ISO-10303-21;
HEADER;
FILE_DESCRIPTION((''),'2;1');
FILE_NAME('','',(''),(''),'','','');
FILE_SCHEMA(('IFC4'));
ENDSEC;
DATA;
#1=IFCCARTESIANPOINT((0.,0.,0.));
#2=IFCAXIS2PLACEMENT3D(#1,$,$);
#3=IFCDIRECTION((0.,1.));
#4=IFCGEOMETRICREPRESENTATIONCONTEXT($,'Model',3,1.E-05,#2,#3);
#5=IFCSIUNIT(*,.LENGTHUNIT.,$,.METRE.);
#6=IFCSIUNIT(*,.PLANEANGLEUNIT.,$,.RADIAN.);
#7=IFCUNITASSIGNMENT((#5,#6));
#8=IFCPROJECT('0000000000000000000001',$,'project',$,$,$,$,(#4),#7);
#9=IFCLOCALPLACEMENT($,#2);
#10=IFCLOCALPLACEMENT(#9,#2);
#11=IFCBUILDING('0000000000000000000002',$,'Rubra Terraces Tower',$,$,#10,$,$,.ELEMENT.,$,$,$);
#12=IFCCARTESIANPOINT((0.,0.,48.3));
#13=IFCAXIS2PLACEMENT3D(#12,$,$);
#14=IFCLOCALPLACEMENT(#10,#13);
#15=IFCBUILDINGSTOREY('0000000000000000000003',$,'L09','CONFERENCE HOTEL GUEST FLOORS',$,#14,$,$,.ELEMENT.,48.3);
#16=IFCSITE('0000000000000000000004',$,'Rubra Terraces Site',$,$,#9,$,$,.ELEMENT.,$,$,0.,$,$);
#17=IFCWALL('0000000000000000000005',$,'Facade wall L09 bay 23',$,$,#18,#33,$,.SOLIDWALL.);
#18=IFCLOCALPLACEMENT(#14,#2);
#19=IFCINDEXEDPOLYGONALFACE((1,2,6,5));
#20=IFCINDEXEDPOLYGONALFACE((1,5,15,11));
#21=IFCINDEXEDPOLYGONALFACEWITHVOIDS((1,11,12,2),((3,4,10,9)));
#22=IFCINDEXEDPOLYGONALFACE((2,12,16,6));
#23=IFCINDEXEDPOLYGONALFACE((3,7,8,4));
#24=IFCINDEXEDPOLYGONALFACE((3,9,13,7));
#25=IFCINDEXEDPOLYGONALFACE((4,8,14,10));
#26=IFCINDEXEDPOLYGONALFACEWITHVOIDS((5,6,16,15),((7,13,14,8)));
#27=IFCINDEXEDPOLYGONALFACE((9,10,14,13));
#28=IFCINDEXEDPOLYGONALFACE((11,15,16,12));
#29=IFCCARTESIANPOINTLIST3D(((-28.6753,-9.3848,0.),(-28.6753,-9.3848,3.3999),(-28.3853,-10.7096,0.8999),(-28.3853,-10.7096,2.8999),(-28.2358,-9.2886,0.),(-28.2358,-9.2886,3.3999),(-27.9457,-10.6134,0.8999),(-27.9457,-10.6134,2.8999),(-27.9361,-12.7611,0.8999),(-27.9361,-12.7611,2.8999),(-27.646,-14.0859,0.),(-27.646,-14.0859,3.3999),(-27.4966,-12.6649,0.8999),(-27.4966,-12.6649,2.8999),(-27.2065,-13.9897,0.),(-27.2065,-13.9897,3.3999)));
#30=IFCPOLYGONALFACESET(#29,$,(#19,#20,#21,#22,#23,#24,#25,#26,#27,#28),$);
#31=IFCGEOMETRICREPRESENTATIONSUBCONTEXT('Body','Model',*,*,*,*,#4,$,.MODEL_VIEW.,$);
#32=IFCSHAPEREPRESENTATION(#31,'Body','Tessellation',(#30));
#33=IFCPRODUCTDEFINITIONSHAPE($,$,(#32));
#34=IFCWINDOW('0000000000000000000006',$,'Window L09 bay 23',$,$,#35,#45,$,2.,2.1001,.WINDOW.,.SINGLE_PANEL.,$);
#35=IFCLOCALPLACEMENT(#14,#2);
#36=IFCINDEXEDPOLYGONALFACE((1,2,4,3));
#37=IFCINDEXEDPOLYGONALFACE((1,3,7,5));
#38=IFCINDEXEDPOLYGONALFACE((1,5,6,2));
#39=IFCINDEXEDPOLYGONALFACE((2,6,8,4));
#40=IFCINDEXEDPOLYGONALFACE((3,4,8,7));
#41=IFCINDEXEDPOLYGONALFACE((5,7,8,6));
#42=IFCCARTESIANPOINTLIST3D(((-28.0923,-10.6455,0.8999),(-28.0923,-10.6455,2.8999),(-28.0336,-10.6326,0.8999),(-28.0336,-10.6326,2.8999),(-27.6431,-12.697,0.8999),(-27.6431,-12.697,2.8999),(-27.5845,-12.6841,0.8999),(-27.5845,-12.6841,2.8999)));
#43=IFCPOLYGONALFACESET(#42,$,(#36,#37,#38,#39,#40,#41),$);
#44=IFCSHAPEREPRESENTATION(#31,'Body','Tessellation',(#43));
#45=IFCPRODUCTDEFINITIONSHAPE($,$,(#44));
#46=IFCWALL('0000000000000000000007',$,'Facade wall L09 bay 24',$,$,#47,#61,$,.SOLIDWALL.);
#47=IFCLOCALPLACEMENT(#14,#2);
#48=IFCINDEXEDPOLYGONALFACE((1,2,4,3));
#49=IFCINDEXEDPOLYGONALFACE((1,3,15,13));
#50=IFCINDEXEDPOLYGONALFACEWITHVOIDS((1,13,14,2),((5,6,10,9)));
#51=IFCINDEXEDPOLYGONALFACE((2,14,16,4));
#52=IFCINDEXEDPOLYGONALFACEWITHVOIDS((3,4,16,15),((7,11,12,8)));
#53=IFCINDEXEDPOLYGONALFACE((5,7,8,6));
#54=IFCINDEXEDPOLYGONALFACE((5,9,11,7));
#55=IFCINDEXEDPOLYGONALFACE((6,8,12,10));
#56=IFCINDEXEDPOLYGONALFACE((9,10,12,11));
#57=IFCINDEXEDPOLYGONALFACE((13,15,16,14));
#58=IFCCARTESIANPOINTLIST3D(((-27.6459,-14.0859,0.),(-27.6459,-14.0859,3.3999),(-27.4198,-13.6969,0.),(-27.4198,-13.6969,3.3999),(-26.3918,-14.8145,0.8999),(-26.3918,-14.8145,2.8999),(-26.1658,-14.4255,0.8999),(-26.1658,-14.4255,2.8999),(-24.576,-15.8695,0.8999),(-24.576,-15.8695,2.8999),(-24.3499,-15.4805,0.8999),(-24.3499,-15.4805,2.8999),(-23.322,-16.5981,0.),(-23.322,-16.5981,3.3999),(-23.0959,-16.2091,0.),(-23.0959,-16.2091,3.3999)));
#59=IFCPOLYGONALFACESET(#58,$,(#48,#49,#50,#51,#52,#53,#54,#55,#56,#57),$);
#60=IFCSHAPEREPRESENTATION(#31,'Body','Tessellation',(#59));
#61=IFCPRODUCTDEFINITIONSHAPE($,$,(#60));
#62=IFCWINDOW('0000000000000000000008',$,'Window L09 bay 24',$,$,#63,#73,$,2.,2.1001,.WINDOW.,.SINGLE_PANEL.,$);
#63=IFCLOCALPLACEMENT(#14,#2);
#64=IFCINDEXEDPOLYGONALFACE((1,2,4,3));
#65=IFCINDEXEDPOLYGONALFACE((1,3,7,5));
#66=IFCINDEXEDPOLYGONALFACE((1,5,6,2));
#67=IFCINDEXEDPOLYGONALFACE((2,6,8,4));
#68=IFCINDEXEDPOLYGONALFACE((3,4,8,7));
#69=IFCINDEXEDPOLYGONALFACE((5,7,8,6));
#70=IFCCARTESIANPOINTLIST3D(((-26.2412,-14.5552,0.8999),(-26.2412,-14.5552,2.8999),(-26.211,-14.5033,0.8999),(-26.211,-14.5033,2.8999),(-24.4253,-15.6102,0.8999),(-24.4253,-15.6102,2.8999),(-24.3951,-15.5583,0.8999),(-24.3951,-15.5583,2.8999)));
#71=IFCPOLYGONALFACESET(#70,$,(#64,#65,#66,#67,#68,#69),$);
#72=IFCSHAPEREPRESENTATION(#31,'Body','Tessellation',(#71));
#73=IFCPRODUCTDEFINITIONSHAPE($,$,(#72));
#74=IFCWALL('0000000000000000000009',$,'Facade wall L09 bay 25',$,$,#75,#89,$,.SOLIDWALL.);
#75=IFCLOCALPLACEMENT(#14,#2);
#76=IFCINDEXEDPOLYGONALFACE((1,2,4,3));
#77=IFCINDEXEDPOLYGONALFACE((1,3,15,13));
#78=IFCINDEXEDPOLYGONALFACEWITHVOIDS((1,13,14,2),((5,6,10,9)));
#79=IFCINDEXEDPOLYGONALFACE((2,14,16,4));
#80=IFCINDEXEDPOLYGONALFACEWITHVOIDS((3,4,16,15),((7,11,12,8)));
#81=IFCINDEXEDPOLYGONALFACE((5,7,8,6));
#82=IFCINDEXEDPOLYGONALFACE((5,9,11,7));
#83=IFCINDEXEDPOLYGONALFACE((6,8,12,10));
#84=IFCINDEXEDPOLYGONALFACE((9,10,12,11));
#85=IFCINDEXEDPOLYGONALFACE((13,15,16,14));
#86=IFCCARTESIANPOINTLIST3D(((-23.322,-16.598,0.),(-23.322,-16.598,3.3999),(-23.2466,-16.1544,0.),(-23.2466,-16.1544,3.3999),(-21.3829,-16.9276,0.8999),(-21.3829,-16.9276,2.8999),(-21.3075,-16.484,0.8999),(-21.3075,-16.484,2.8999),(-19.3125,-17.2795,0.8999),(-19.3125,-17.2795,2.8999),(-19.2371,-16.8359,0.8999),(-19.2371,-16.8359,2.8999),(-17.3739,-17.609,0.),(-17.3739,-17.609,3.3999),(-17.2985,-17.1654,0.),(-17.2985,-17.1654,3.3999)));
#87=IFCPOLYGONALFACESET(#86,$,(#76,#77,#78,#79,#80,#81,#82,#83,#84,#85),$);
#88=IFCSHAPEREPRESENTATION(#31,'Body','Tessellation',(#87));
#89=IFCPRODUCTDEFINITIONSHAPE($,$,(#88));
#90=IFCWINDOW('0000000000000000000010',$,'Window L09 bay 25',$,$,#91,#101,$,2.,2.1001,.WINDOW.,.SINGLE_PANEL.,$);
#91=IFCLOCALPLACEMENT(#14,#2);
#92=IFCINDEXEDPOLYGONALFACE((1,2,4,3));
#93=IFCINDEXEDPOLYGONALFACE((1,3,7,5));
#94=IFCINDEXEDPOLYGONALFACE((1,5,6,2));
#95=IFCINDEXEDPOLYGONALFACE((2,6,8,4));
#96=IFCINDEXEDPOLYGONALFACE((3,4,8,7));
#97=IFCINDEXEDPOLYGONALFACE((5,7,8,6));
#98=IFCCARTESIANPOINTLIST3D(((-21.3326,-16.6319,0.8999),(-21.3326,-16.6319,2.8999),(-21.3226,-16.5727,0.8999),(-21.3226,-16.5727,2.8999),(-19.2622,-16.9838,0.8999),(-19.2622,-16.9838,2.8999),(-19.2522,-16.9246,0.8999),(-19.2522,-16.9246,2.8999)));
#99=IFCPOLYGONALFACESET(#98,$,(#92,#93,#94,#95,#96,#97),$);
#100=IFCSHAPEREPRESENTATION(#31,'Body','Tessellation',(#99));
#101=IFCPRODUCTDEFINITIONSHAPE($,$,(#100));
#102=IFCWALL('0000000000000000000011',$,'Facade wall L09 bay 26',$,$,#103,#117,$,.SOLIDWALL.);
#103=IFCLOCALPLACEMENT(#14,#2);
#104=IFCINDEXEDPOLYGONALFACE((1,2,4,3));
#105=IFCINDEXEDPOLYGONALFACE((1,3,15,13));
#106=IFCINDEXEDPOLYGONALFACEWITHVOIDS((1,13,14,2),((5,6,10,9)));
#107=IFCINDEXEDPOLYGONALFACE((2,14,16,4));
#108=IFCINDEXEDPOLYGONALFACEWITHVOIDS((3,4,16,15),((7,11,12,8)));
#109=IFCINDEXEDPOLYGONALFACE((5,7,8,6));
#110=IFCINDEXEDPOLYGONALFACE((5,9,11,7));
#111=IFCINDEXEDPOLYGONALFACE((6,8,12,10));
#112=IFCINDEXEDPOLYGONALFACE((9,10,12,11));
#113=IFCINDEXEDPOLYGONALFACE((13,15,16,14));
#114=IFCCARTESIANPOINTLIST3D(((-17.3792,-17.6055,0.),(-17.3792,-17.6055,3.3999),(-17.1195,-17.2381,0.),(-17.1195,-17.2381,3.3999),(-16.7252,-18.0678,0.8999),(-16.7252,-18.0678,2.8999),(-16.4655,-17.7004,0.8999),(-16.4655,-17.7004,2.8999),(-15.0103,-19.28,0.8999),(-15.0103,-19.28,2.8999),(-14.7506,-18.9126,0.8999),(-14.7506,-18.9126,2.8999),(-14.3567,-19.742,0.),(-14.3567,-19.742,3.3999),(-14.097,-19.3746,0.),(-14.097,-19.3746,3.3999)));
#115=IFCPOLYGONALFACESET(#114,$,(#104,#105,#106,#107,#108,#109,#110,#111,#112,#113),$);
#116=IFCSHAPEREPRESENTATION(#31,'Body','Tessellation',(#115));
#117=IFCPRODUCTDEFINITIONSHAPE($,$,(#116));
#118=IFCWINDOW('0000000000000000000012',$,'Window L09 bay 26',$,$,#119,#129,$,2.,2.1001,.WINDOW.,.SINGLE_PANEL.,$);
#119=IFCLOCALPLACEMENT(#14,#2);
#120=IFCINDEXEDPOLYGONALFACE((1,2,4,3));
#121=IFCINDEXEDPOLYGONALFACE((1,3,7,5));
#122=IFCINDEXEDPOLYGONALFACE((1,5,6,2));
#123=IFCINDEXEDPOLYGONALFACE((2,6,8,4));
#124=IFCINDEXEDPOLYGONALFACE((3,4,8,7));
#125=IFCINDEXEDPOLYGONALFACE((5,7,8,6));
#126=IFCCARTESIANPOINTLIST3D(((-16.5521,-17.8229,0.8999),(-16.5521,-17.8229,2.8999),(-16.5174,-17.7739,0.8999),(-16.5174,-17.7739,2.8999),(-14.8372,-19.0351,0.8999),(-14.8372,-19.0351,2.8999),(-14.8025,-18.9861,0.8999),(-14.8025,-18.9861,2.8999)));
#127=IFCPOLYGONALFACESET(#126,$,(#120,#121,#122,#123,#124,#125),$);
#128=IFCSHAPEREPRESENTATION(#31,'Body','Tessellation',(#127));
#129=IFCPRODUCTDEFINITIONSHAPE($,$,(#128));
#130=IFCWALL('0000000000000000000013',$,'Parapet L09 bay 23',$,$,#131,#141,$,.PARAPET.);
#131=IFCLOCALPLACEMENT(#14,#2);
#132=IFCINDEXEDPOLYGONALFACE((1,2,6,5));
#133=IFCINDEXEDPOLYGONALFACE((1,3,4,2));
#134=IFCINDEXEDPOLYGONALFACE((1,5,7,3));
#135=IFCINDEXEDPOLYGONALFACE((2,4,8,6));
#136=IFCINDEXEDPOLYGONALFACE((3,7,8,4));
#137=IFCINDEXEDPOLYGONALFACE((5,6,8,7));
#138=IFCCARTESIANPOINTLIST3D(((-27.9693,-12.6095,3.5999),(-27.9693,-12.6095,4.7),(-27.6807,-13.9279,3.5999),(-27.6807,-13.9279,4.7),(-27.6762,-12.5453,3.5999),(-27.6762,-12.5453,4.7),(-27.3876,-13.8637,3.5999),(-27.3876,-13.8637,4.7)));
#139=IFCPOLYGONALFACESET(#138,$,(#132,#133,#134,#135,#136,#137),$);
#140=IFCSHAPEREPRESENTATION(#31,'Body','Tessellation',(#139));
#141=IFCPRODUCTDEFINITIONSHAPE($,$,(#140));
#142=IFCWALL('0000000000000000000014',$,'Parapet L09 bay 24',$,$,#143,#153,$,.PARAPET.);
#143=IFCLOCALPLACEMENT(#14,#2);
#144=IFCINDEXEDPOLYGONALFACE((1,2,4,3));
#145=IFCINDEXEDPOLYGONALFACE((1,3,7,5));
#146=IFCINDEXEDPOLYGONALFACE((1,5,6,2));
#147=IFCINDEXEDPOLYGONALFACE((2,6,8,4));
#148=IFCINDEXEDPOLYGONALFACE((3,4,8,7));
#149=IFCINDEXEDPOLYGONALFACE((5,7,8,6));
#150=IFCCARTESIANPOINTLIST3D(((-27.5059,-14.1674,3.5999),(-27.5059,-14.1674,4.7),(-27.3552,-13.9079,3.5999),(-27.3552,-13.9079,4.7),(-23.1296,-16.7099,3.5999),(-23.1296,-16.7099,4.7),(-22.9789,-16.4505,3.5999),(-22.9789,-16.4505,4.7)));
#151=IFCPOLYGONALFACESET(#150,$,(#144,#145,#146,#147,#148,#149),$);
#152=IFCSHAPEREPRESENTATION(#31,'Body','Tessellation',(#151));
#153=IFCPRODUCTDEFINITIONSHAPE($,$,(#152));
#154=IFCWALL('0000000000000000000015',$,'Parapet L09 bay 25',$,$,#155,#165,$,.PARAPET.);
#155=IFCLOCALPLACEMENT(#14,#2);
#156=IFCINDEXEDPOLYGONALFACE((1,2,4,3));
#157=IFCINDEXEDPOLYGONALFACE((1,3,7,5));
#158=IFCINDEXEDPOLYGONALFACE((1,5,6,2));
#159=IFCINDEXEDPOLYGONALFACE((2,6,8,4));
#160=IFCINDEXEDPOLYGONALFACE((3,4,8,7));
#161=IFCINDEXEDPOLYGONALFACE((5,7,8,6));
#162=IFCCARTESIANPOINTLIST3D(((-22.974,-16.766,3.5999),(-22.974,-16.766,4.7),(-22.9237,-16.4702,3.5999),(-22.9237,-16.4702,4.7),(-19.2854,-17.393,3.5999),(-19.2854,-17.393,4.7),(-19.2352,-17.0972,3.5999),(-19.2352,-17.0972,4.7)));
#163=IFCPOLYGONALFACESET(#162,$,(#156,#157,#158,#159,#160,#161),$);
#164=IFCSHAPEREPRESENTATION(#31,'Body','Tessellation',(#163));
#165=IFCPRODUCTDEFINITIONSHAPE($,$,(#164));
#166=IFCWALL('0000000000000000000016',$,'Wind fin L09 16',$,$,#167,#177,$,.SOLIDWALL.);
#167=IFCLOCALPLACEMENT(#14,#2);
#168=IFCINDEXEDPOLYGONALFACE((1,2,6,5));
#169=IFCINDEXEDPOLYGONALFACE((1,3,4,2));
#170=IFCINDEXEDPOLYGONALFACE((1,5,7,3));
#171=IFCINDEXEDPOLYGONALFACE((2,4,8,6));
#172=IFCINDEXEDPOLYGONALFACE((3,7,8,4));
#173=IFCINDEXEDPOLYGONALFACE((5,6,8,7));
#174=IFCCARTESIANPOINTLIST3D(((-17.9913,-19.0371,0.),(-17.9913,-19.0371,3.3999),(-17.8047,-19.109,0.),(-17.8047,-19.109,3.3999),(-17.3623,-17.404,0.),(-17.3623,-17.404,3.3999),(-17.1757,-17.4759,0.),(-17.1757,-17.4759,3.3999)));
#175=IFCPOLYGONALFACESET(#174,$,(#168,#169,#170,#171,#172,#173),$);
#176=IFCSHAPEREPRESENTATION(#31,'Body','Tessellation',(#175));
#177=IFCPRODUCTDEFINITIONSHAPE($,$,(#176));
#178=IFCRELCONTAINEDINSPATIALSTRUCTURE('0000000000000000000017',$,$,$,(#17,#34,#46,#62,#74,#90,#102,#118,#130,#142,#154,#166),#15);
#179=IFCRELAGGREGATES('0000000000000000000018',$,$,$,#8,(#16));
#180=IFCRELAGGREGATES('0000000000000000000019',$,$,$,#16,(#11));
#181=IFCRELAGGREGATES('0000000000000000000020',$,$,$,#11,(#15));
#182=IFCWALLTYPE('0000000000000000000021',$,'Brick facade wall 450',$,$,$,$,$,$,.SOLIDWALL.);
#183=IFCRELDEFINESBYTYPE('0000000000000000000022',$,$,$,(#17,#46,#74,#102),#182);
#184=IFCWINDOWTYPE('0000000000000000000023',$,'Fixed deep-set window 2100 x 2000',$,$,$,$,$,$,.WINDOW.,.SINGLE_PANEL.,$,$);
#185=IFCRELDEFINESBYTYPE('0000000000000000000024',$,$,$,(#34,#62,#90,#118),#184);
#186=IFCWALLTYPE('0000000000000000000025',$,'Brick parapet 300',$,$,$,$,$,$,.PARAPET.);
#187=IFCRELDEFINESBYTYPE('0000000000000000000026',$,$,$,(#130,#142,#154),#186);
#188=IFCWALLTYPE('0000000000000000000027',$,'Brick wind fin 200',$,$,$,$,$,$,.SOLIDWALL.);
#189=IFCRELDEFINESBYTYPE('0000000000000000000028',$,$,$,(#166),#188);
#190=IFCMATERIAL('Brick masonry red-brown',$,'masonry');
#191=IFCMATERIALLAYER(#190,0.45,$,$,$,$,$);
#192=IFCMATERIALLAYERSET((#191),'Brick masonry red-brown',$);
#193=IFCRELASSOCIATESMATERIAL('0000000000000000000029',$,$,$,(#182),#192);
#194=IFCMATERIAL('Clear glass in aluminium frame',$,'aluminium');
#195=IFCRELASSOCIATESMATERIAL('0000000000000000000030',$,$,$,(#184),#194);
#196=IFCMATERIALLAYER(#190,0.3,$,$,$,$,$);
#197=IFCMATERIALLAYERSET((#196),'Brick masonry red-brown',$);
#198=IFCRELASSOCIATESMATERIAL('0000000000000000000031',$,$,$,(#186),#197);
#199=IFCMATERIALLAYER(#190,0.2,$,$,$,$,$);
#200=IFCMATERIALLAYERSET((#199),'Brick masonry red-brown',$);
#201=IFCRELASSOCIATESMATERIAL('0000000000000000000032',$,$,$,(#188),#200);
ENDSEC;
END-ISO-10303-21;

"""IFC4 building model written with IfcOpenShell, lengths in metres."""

from ifc_helpers import new_model, si_unit, direction, frame, frame_2d, origin, place, context, subcontext, project, spatial, rectangle, extrude, material, layer, layer_set, type_object, element, fill, save


model = new_model("IFC4")

# Units and contexts
model_context = context("Model", 3, precision=1e-05, world=origin(), true_north=direction((0.0, 1.0)))
body_context = subcontext(model_context, "Body", "Model", "MODEL_VIEW")
ifc_project = project(units=[si_unit("LENGTHUNIT", "METRE"), si_unit("PLANEANGLEUNIT", "RADIAN")], contexts=[model_context])

# Site, building, storey
site_placement = place(None, origin())
site = spatial("IfcSite", under=ifc_project, at=site_placement, Name="Rubra Terraces Site", CompositionType="ELEMENT", RefElevation=0.0)
building_placement = place(site_placement, origin())
building = spatial("IfcBuilding", under=site, at=building_placement, Name="Rubra Terraces Tower", CompositionType="ELEMENT")
storey_placement = place(building_placement, frame((0.0, 0.0, 48.3)))
storey = spatial("IfcBuildingStorey", under=building, at=storey_placement, Name="L09", Description="CONFERENCE HOTEL GUEST FLOORS", CompositionType="ELEMENT", Elevation=48.3)

# Walls, openings, windows
ifc_material_1 = material(Name="Brick masonry red-brown", Category="masonry")
ifc_layer_1 = layer(ifc_material_1, 0.45)
ifc_layer_set_1 = layer_set([ifc_layer_1], Name="Brick masonry red-brown")
wall_type_1 = type_object("IfcWallType", Name="Brick facade wall 450", PredefinedType="SOLIDWALL", material=ifc_layer_set_1)
wall_1_placement = place(storey_placement, frame((-28.4556, -9.3367, 0.0), z_axis=(0.0, 0.0, 1.0), x_axis=(0.213878, -0.97686, 0.0)))
wall_1 = element("IfcWall", 1, at=wall_1_placement, inside=storey, type_object=wall_type_1, Name="Facade wall L09 bay 23", PredefinedType="SOLIDWALL", context=body_context, shape_type="SweptSolid", body=[
    extrude(rectangle(XDim=4.8125, YDim=0.45, at=frame_2d((2.4062, 0.0))), origin(), (0.0, 0.0, 1.0), 3.3999),
])
opening_1_placement = place(wall_1_placement, frame((1.3562, 0.0, 0.8999)))
opening_1 = element("IfcOpeningElement", 2, at=opening_1_placement, cuts=wall_1, PredefinedType="OPENING", context=body_context, shape_type="SweptSolid", body=[
    extrude(rectangle(XDim=2.1001, YDim=2.0, at=frame_2d((1.05, 1.0))), frame((0.0, 0.2349, 0.0), z_axis=(0.0, -1.0, 0.0), x_axis=(1.0, 0.0, 0.0)), (0.0, 0.0, 1.0), 0.47),
])
ifc_material_2 = material(Name="Clear glass in aluminium frame", Category="aluminium")
window_type = type_object("IfcWindowType", Name="Fixed deep-set window 2100 x 2000", PartitioningType="SINGLE_PANEL", PredefinedType="WINDOW", material=ifc_material_2)
window_1_placement = place(opening_1_placement, origin())
window_1 = element("IfcWindow", 3, at=window_1_placement, inside=storey, type_object=window_type, Name="Window L09 bay 23", OverallHeight=2.0, OverallWidth=2.1001, PartitioningType="SINGLE_PANEL", PredefinedType="WINDOW", context=body_context, shape_type="SweptSolid", body=[
    extrude(rectangle(XDim=2.1001, YDim=2.0, at=frame_2d((1.05, 1.0))), frame((0.0, 0.135, 0.0), z_axis=(0.0, -1.0, 0.0), x_axis=(1.0, 0.0, 0.0)), (0.0, 0.0, 1.0), 0.0601),
])
fill(opening_1, window_1)
wall_2_placement = place(storey_placement, frame((-27.533, -13.8914, 0.0), z_axis=(0.0, 0.0, 1.0), x_axis=(0.864658, -0.502362, 0.0)))
wall_2 = element("IfcWall", 4, at=wall_2_placement, inside=storey, type_object=wall_type_1, Name="Facade wall L09 bay 24", PredefinedType="SOLIDWALL", context=body_context, shape_type="SweptSolid", body=[
    extrude(rectangle(XDim=5.0007, YDim=0.45, at=frame_2d((2.5005, 0.0))), origin(), (0.0, 0.0, 1.0), 3.3999),
])
opening_2_placement = place(wall_2_placement, frame((1.4504, 0.0, 0.8999)))
opening_2 = element("IfcOpeningElement", 5, at=opening_2_placement, cuts=wall_2, PredefinedType="OPENING", context=body_context, shape_type="SweptSolid", body=[
    extrude(rectangle(XDim=2.1001, YDim=2.0, at=frame_2d((1.05, 1.0))), frame((0.0, 0.2349, 0.0), z_axis=(0.0, -1.0, 0.0), x_axis=(1.0, 0.0, 0.0)), (0.0, 0.0, 1.0), 0.47),
])
window_2_placement = place(opening_2_placement, origin())
window_2 = element("IfcWindow", 6, at=window_2_placement, inside=storey, type_object=window_type, Name="Window L09 bay 24", OverallHeight=2.0, OverallWidth=2.1001, PartitioningType="SINGLE_PANEL", PredefinedType="WINDOW", context=body_context, shape_type="SweptSolid", body=[
    extrude(rectangle(XDim=2.1001, YDim=2.0, at=frame_2d((1.05, 1.0))), frame((0.0, 0.135, 0.0), z_axis=(0.0, -1.0, 0.0), x_axis=(1.0, 0.0, 0.0)), (0.0, 0.0, 1.0), 0.0601),
])
fill(opening_2, window_2)
wall_3_placement = place(storey_placement, frame((-23.2842, -16.3762, 0.0), z_axis=(0.0, 0.0, 1.0), x_axis=(0.985862, -0.167561, 0.0)))
wall_3 = element("IfcWall", 7, at=wall_3_placement, inside=storey, type_object=wall_type_1, Name="Facade wall L09 bay 25", PredefinedType="SOLIDWALL", context=body_context, shape_type="SweptSolid", body=[
    extrude(rectangle(XDim=6.0334, YDim=0.45, at=frame_2d((3.0166, 0.0))), origin(), (0.0, 0.0, 1.0), 3.3999),
])
opening_3_placement = place(wall_3_placement, frame((1.9668, 0.0, 0.8999)))
opening_3 = element("IfcOpeningElement", 8, at=opening_3_placement, cuts=wall_3, PredefinedType="OPENING", context=body_context, shape_type="SweptSolid", body=[
    extrude(rectangle(XDim=2.1001, YDim=2.0, at=frame_2d((1.05, 1.0))), frame((0.0, 0.2349, 0.0), z_axis=(0.0, -1.0, 0.0), x_axis=(1.0, 0.0, 0.0)), (0.0, 0.0, 1.0), 0.47),
])
window_3_placement = place(opening_3_placement, origin())
window_3 = element("IfcWindow", 9, at=window_3_placement, inside=storey, type_object=window_type, Name="Window L09 bay 25", OverallHeight=2.0, OverallWidth=2.1001, PartitioningType="SINGLE_PANEL", PredefinedType="WINDOW", context=body_context, shape_type="SweptSolid", body=[
    extrude(rectangle(XDim=2.1001, YDim=2.0, at=frame_2d((1.05, 1.0))), frame((0.0, 0.135, 0.0), z_axis=(0.0, -1.0, 0.0), x_axis=(1.0, 0.0, 0.0)), (0.0, 0.0, 1.0), 0.0601),
])
fill(opening_3, window_3)
wall_4_placement = place(storey_placement, frame((-17.2493, -17.4219, 0.0), z_axis=(0.0, 0.0, 1.0), x_axis=(0.816589, -0.577219, 0.0)))
wall_4 = element("IfcWall", 10, at=wall_4_placement, inside=storey, type_object=wall_type_1, Name="Facade wall L09 bay 26", PredefinedType="SOLIDWALL", context=body_context, shape_type="SweptSolid", body=[
    extrude(rectangle(XDim=3.7014, YDim=0.45, at=frame_2d((1.8506, 0.0))), origin(), (0.0, 0.0, 1.0), 3.3999),
])
opening_4_placement = place(wall_4_placement, frame((0.8008, 0.0, 0.8999)))
opening_4 = element("IfcOpeningElement", 11, at=opening_4_placement, cuts=wall_4, PredefinedType="OPENING", context=body_context, shape_type="SweptSolid", body=[
    extrude(rectangle(XDim=2.1001, YDim=2.0, at=frame_2d((1.05, 1.0))), frame((0.0, 0.2349, 0.0), z_axis=(0.0, -1.0, 0.0), x_axis=(1.0, 0.0, 0.0)), (0.0, 0.0, 1.0), 0.47),
])
window_4_placement = place(opening_4_placement, origin())
window_4 = element("IfcWindow", 12, at=window_4_placement, inside=storey, type_object=window_type, Name="Window L09 bay 26", OverallHeight=2.0, OverallWidth=2.1001, PartitioningType="SINGLE_PANEL", PredefinedType="WINDOW", context=body_context, shape_type="SweptSolid", body=[
    extrude(rectangle(XDim=2.1001, YDim=2.0, at=frame_2d((1.05, 1.0))), frame((0.0, 0.135, 0.0), z_axis=(0.0, -1.0, 0.0), x_axis=(1.0, 0.0, 0.0)), (0.0, 0.0, 1.0), 0.0601),
])
fill(opening_4, window_4)

# Walls
ifc_layer_2 = layer(ifc_material_1, 0.3)
ifc_layer_set_2 = layer_set([ifc_layer_2], Name="Brick masonry red-brown")
wall_type_2 = type_object("IfcWallType", Name="Brick parapet 300", PredefinedType="PARAPET", material=ifc_layer_set_2)
wall_5_placement = place(storey_placement, frame((-27.8228, -12.5774, 3.5999), z_axis=(0.0, 0.0, 1.0), x_axis=(0.213826, -0.976872, 0.0)))
element("IfcWall", 13, at=wall_5_placement, inside=storey, type_object=wall_type_2, Name="Parapet L09 bay 23", PredefinedType="PARAPET", context=body_context, shape_type="SweptSolid", body=[
    extrude(rectangle(XDim=1.3496, YDim=0.3, at=frame_2d((0.6748, 0.0))), origin(), (0.0, 0.0, 1.0), 1.1001),
])
wall_6_placement = place(storey_placement, frame((-27.4307, -14.0376, 3.5999), z_axis=(0.0, 0.0, 1.0), x_axis=(0.864665, -0.50235, 0.0)))
element("IfcWall", 14, at=wall_6_placement, inside=storey, type_object=wall_type_2, Name="Parapet L09 bay 24", PredefinedType="PARAPET", context=body_context, shape_type="SweptSolid", body=[
    extrude(rectangle(XDim=5.0613, YDim=0.3, at=frame_2d((2.5308, 0.0))), origin(), (0.0, 0.0, 1.0), 1.1001),
])
wall_7_placement = place(storey_placement, frame((-22.9487, -16.6182, 3.5999), z_axis=(0.0, 0.0, 1.0), x_axis=(0.98586, -0.167573, 0.0)))
element("IfcWall", 15, at=wall_7_placement, inside=storey, type_object=wall_type_2, Name="Parapet L09 bay 25", PredefinedType="PARAPET", context=body_context, shape_type="SweptSolid", body=[
    extrude(rectangle(XDim=3.7415, YDim=0.3, at=frame_2d((1.8706, 0.0))), origin(), (0.0, 0.0, 1.0), 1.1001),
])
ifc_layer_3 = layer(ifc_material_1, 0.2)
ifc_layer_set_3 = layer_set([ifc_layer_3], Name="Brick masonry red-brown")
wall_type_3 = type_object("IfcWallType", Name="Brick wind fin 200", PredefinedType="SOLIDWALL", material=ifc_layer_set_3)
wall_8_placement = place(storey_placement, frame((-17.269, -17.4399, 0.0), z_axis=(0.0, 0.0, 1.0), x_axis=(-0.359381, -0.933191, 0.0)))
element("IfcWall", 16, at=wall_8_placement, inside=storey, type_object=wall_type_3, Name="Wind fin L09 16", PredefinedType="SOLIDWALL", context=body_context, shape_type="SweptSolid", body=[
    extrude(rectangle(XDim=1.75, YDim=0.2, at=frame_2d((0.875, 0.0))), origin(), (0.0, 0.0, 1.0), 3.3999),
])

save(model, "model.ifc")
